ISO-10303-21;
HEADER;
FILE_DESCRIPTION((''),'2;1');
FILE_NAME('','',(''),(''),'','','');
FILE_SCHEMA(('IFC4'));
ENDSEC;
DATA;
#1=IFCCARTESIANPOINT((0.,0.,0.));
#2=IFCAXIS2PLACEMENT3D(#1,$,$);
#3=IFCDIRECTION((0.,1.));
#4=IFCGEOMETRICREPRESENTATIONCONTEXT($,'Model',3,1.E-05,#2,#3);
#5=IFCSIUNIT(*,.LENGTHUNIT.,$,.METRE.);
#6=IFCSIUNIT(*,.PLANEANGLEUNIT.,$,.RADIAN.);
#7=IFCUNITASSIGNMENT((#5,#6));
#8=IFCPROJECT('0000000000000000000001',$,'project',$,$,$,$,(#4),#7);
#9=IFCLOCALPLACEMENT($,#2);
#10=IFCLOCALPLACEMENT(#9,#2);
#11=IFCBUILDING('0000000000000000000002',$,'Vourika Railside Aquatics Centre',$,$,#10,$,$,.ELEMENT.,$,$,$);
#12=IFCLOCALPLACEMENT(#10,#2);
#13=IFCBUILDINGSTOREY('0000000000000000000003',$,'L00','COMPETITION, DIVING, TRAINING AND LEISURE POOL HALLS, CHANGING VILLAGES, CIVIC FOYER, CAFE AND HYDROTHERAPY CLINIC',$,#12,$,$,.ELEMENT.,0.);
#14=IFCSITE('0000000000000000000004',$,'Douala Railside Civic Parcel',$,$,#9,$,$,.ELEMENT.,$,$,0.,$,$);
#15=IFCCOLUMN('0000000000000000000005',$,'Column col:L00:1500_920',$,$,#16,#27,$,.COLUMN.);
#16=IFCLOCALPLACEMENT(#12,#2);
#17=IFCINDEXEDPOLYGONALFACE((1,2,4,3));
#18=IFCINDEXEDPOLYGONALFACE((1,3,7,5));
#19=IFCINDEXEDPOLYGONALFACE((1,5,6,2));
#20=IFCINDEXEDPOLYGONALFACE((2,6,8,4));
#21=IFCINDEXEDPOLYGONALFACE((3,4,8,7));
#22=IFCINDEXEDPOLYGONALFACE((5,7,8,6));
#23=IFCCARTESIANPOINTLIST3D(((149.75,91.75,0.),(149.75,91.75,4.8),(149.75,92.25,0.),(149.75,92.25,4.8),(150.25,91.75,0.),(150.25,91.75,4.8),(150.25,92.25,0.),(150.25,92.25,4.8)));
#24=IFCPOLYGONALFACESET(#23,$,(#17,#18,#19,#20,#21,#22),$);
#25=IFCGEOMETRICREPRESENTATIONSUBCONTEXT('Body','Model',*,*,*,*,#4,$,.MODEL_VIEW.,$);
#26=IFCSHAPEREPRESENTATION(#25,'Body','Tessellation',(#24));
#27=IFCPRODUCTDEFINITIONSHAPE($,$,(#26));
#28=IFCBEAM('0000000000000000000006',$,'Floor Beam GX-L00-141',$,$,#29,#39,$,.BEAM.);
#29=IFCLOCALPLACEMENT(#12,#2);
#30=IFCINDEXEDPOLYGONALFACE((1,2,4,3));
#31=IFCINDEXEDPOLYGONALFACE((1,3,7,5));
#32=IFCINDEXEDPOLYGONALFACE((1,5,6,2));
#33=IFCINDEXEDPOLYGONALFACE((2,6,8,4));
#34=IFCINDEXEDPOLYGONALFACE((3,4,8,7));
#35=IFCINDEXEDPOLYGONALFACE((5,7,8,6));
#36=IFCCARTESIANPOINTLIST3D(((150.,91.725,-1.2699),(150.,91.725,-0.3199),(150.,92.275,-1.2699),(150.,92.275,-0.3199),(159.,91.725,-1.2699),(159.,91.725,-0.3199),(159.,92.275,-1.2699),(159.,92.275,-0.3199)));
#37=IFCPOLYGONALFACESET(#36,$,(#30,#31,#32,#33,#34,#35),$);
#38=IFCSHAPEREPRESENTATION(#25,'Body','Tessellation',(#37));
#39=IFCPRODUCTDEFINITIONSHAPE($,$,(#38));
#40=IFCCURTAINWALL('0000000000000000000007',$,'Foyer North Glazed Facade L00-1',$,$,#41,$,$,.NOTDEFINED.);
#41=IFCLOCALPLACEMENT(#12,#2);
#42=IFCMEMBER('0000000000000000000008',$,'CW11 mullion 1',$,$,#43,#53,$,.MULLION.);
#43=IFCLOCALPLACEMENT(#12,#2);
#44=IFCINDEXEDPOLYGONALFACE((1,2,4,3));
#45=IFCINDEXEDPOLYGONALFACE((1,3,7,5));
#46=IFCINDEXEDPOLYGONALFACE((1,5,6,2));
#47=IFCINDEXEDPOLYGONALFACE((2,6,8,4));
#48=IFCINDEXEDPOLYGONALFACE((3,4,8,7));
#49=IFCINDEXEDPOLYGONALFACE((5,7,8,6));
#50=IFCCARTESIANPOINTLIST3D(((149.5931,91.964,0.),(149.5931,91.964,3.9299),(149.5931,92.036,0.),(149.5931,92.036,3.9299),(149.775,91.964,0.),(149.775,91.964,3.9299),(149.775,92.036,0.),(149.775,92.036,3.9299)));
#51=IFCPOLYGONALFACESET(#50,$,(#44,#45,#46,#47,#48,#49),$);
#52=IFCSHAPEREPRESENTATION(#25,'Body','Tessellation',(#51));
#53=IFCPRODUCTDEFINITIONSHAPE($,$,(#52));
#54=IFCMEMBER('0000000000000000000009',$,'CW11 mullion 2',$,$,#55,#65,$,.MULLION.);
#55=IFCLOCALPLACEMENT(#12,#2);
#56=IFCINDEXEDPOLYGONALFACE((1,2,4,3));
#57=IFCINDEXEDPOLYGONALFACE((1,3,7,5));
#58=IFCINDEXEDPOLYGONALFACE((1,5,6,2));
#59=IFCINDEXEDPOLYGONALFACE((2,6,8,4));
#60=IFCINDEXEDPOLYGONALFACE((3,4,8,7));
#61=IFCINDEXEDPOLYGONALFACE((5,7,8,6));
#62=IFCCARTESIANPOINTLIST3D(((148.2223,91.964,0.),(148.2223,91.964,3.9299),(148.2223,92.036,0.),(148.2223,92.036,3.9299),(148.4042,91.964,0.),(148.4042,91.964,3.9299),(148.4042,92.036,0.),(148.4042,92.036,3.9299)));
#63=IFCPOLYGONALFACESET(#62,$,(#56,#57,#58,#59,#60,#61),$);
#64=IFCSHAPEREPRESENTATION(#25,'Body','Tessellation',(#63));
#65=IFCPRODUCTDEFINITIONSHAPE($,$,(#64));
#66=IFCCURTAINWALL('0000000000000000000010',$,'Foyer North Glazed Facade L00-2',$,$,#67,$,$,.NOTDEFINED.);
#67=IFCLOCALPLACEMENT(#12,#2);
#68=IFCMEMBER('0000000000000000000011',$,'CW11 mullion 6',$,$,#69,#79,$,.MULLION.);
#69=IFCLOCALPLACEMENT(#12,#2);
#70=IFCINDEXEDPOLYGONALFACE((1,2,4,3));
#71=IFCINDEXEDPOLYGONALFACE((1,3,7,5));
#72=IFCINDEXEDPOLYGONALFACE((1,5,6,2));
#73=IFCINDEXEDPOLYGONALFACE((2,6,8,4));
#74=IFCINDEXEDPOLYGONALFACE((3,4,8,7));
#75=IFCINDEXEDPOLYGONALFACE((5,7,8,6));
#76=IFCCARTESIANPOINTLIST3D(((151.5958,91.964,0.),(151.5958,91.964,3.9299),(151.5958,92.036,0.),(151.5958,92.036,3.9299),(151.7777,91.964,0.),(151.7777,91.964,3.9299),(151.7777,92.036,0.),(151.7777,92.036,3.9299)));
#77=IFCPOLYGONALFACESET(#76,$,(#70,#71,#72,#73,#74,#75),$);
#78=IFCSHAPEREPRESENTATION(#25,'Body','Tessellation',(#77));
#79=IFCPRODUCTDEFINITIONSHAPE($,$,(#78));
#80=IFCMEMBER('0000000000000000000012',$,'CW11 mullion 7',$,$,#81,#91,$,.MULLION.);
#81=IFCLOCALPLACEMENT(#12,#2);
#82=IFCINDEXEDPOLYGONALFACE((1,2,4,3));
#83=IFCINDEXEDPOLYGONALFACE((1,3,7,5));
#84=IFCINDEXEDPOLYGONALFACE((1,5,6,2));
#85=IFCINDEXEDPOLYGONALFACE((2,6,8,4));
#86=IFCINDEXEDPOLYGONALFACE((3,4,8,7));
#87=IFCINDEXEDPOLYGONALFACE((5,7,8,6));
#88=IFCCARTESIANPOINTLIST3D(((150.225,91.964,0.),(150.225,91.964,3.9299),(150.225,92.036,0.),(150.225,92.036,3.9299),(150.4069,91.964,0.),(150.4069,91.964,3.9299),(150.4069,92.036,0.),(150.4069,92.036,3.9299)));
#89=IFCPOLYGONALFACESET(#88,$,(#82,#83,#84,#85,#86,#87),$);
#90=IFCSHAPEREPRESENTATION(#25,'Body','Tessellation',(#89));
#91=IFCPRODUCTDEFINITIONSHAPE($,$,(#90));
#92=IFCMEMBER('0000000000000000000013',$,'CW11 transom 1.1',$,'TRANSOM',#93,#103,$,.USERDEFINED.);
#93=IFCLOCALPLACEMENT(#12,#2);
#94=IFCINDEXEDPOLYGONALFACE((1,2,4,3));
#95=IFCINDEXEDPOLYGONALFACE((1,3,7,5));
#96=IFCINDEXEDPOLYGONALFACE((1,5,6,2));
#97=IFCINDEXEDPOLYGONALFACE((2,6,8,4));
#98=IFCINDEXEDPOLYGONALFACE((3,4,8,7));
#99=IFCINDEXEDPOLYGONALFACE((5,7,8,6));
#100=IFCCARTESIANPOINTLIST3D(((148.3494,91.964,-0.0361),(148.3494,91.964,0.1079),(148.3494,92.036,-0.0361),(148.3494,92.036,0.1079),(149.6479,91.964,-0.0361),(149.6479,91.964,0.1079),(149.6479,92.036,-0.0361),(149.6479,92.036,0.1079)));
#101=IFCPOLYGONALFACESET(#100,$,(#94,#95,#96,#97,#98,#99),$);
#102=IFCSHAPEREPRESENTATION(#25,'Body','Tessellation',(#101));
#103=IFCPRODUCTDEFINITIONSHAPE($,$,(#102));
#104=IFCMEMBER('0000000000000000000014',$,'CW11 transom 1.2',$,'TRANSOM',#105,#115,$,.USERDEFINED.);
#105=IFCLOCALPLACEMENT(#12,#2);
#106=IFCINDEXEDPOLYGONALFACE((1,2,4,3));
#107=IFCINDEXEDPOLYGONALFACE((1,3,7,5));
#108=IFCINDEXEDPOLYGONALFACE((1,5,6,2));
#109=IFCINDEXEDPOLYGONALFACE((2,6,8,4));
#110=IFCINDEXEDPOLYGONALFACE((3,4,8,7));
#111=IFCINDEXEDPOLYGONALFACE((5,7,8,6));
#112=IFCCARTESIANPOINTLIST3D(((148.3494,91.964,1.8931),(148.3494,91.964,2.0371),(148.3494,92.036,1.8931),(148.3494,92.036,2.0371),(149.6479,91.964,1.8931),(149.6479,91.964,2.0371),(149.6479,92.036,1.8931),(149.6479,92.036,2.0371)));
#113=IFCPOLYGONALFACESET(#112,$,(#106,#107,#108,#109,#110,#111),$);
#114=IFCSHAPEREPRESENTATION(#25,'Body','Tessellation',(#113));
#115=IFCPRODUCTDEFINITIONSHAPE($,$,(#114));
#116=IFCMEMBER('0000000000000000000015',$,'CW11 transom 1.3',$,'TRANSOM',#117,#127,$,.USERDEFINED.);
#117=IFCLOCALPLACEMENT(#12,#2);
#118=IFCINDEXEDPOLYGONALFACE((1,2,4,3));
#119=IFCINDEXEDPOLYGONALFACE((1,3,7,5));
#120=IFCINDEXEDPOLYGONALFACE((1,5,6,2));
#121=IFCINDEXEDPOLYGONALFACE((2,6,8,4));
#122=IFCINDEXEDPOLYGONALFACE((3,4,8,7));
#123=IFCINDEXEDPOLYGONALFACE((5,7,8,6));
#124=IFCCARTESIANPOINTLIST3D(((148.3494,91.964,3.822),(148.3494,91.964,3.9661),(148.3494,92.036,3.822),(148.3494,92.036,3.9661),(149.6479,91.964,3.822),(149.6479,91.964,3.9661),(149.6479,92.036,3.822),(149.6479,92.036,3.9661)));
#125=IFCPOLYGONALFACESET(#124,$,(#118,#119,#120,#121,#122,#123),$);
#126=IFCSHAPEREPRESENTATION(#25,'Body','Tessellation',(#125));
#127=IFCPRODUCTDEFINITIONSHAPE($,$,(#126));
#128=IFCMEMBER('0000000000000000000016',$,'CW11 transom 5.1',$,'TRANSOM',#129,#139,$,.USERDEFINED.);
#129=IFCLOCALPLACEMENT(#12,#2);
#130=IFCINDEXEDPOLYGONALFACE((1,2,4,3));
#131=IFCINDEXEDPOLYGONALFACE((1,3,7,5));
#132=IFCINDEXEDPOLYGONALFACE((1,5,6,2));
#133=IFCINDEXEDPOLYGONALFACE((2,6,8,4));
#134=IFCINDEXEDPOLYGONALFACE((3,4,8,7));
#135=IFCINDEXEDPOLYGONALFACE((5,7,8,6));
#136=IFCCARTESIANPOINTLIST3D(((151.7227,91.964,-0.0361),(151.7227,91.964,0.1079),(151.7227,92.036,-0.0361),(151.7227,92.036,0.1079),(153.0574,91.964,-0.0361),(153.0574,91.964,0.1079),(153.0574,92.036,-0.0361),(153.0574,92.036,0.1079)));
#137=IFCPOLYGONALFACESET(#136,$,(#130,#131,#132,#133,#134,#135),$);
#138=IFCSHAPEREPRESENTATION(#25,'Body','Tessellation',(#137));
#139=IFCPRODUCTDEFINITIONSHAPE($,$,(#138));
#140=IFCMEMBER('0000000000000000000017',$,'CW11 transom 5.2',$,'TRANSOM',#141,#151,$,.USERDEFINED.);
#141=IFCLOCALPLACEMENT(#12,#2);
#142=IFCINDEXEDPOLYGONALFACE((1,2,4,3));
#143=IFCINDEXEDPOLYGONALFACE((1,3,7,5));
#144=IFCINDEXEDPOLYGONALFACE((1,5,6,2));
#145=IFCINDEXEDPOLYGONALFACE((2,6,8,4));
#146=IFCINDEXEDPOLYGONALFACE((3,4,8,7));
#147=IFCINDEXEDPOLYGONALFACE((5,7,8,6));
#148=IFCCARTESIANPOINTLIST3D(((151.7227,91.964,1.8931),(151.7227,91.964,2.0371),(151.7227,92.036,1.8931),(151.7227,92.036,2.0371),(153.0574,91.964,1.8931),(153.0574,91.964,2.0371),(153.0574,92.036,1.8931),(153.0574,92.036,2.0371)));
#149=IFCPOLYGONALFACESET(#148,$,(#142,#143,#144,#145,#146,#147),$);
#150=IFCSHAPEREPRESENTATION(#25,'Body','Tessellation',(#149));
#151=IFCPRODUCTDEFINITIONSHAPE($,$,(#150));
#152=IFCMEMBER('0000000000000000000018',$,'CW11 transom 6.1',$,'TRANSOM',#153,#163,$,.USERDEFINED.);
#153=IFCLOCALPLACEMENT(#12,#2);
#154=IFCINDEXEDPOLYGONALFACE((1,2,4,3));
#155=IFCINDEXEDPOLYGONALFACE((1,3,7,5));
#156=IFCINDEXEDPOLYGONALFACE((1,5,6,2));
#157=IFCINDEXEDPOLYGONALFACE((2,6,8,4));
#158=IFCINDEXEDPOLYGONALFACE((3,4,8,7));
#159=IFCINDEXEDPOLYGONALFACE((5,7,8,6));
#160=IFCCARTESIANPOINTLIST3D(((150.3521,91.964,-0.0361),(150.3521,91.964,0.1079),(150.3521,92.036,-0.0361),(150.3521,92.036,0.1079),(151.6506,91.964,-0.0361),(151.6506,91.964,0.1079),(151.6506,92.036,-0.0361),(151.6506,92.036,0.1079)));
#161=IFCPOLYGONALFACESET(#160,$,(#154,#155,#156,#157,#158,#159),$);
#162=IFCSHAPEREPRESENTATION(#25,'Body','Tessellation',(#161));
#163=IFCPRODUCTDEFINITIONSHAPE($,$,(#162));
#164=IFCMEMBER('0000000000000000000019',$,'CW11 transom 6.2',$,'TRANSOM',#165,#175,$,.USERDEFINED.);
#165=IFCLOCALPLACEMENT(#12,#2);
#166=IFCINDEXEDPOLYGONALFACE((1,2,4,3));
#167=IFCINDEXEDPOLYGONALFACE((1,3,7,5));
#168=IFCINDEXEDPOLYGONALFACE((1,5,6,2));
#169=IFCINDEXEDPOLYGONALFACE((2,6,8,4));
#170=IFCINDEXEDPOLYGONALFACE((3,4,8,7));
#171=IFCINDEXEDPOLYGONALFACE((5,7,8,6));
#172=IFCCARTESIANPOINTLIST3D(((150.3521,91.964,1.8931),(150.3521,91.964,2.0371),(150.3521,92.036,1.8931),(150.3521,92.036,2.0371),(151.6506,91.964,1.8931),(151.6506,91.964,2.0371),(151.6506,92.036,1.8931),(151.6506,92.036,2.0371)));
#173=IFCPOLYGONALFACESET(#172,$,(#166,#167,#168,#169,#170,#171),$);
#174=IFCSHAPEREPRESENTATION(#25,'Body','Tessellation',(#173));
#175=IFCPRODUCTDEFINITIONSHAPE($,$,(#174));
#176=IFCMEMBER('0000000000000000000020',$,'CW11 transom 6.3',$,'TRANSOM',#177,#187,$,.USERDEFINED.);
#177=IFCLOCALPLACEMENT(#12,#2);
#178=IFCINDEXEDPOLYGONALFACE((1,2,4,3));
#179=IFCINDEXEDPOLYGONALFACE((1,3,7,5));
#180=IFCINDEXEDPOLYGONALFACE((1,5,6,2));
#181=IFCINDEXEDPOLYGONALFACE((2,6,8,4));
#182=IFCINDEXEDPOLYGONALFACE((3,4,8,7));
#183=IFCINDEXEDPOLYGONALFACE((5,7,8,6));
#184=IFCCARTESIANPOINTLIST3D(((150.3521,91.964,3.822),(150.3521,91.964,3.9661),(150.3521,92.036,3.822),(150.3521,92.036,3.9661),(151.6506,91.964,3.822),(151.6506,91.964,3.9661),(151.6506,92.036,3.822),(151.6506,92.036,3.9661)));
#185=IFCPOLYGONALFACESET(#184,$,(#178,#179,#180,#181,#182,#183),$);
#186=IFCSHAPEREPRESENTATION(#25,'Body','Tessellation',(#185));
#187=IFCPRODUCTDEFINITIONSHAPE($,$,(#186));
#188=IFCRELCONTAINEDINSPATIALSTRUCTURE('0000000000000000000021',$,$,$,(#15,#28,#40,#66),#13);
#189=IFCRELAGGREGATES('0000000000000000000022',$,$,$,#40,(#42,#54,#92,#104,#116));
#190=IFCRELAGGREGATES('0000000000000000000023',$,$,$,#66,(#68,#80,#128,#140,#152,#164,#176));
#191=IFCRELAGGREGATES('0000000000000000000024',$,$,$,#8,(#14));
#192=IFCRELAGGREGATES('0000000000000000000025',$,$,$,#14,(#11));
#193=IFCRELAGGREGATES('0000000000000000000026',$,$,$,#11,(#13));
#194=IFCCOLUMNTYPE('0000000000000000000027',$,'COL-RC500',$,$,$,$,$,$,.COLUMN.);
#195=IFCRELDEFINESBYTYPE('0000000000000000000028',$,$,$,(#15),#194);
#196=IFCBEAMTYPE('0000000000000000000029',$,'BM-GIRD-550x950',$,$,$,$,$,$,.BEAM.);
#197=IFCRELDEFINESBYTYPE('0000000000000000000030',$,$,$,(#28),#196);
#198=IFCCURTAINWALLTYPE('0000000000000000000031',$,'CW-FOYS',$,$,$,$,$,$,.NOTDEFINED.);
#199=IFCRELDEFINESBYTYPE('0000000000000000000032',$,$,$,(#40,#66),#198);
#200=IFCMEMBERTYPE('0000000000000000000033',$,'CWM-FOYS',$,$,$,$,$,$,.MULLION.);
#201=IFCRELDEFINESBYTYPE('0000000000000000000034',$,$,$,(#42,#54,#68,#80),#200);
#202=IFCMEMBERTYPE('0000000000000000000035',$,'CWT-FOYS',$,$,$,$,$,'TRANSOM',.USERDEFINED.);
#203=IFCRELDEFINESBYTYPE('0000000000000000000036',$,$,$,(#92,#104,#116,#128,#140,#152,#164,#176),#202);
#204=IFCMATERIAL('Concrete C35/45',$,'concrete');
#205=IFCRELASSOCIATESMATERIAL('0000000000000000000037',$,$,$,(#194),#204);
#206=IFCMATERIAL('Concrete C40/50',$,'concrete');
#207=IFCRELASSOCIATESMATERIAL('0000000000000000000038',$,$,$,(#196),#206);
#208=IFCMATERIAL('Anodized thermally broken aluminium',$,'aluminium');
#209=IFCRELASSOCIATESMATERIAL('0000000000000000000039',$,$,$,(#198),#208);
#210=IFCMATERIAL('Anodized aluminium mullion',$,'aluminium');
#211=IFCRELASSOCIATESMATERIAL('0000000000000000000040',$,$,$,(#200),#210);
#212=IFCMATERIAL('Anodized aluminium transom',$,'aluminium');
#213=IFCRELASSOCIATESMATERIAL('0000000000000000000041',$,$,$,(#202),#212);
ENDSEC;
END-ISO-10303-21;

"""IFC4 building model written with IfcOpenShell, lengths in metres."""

from ifc_helpers import new_model, si_unit, direction, frame, origin, origin_2d, place, context, subcontext, project, spatial, rectangle, extrude, material, material_profile, profile_set, type_object, element, aggregate, save


model = new_model("IFC4")

# Units and contexts
model_context = context("Model", 3, precision=1e-05, world=origin(), true_north=direction((0.0, 1.0)))
body_context = subcontext(model_context, "Body", "Model", "MODEL_VIEW")
ifc_project = project(units=[si_unit("LENGTHUNIT", "METRE"), si_unit("PLANEANGLEUNIT", "RADIAN")], contexts=[model_context])

# Site, building, storey
site_placement = place(None, origin())
site = spatial("IfcSite", under=ifc_project, at=site_placement, Name="Douala Railside Civic Parcel", CompositionType="ELEMENT", RefElevation=0.0)
building_placement = place(site_placement, origin())
building = spatial("IfcBuilding", under=site, at=building_placement, Name="Vourika Railside Aquatics Centre", CompositionType="ELEMENT")
storey_placement = place(building_placement, origin())
storey = spatial("IfcBuildingStorey", under=building, at=storey_placement, Name="L00", Description="COMPETITION, DIVING, TRAINING AND LEISURE POOL HALLS, CHANGING VILLAGES, CIVIC FOYER, CAFE AND HYDROTHERAPY CLINIC", CompositionType="ELEMENT", Elevation=0.0)

# Column
ifc_material_1 = material(Name="Concrete C35/45", Category="concrete")
ifc_material_profile_1 = material_profile(ifc_material_1, rectangle(XDim=0.5, YDim=0.5, at=origin_2d()), Name="RC 500x500")
ifc_profile_set_1 = profile_set([ifc_material_profile_1], Name="Concrete C35/45")
column_type = type_object("IfcColumnType", Name="COL-RC500", PredefinedType="COLUMN", material=ifc_profile_set_1)
column_placement = place(storey_placement, frame((150.0, 92.0, 0.0), z_axis=(0.0, 0.0, 1.0), x_axis=(1.0, 0.0, 0.0)))
element("IfcColumn", 1, at=column_placement, inside=storey, type_object=column_type, Name="Column col:L00:1500_920", PredefinedType="COLUMN", context=body_context, shape_type="SweptSolid", body=[
    extrude(rectangle(XDim=0.5, YDim=0.5, at=origin_2d()), origin(), (0.0, 0.0, 1.0), 4.8),
])

# Beam
ifc_material_2 = material(Name="Concrete C40/50", Category="concrete")
ifc_material_profile_2 = material_profile(ifc_material_2, rectangle(XDim=0.55, YDim=0.95, at=origin_2d()), Name="RC 550x950")
ifc_profile_set_2 = profile_set([ifc_material_profile_2], Name="Concrete C40/50")
beam_type = type_object("IfcBeamType", Name="BM-GIRD-550x950", PredefinedType="BEAM", material=ifc_profile_set_2)
beam_placement = place(storey_placement, frame((150.0, 92.0, -0.7949), z_axis=(1.0, 0.0, 0.0), x_axis=(0.0, 1.0, 0.0)))
element("IfcBeam", 2, at=beam_placement, inside=storey, type_object=beam_type, Name="Floor Beam GX-L00-141", PredefinedType="BEAM", context=body_context, shape_type="SweptSolid", body=[
    extrude(rectangle(XDim=0.55, YDim=0.95, at=origin_2d()), origin(), (0.0, 0.0, 1.0), 9.0),
])

# Curtain walls, members
ifc_material_3 = material(Name="Anodized thermally broken aluminium", Category="aluminium")
curtain_wall_type = type_object("IfcCurtainWallType", Name="CW-FOYS", PredefinedType="NOTDEFINED", material=ifc_material_3)
curtain_wall_1_placement = place(storey_placement, origin())
curtain_wall_1 = element("IfcCurtainWall", 3, at=curtain_wall_1_placement, inside=storey, type_object=curtain_wall_type, Name="Foyer North Glazed Facade L00-1", PredefinedType="NOTDEFINED")
ifc_material_4 = material(Name="Anodized aluminium mullion", Category="aluminium")
ifc_material_profile_3 = material_profile(ifc_material_4, rectangle(XDim=0.072, YDim=0.1819, at=origin_2d()), Name="ALU-M 72x182")
ifc_profile_set_3 = profile_set([ifc_material_profile_3], Name="Anodized aluminium mullion")
member_type_1 = type_object("IfcMemberType", Name="CWM-FOYS", PredefinedType="MULLION", material=ifc_profile_set_3)
member_1_placement = place(storey_placement, frame((149.6841, 92.0, 0.0), z_axis=(0.0, 0.0, 1.0), x_axis=(0.0, -1.0, 0.0)))
member_1 = element("IfcMember", 4, at=member_1_placement, type_object=member_type_1, Name="CW11 mullion 1", PredefinedType="MULLION", context=body_context, shape_type="SweptSolid", body=[
    extrude(rectangle(XDim=0.072, YDim=0.1819, at=origin_2d()), origin(), (0.0, 0.0, 1.0), 3.9299),
])
member_2_placement = place(storey_placement, frame((148.3132, 92.0, 0.0), z_axis=(0.0, 0.0, 1.0), x_axis=(0.0, -1.0, 0.0)))
member_2 = element("IfcMember", 5, at=member_2_placement, type_object=member_type_1, Name="CW11 mullion 2", PredefinedType="MULLION", context=body_context, shape_type="SweptSolid", body=[
    extrude(rectangle(XDim=0.072, YDim=0.1819, at=origin_2d()), origin(), (0.0, 0.0, 1.0), 3.9299),
])
curtain_wall_2_placement = place(storey_placement, origin())
curtain_wall_2 = element("IfcCurtainWall", 6, at=curtain_wall_2_placement, inside=storey, type_object=curtain_wall_type, Name="Foyer North Glazed Facade L00-2", PredefinedType="NOTDEFINED")
member_3_placement = place(storey_placement, frame((151.6868, 92.0, 0.0), z_axis=(0.0, 0.0, 1.0), x_axis=(0.0, -1.0, 0.0)))
member_3 = element("IfcMember", 7, at=member_3_placement, type_object=member_type_1, Name="CW11 mullion 6", PredefinedType="MULLION", context=body_context, shape_type="SweptSolid", body=[
    extrude(rectangle(XDim=0.072, YDim=0.1819, at=origin_2d()), origin(), (0.0, 0.0, 1.0), 3.9299),
])
member_4_placement = place(storey_placement, frame((150.3159, 92.0, 0.0), z_axis=(0.0, 0.0, 1.0), x_axis=(0.0, -1.0, 0.0)))
member_4 = element("IfcMember", 8, at=member_4_placement, type_object=member_type_1, Name="CW11 mullion 7", PredefinedType="MULLION", context=body_context, shape_type="SweptSolid", body=[
    extrude(rectangle(XDim=0.072, YDim=0.1819, at=origin_2d()), origin(), (0.0, 0.0, 1.0), 3.9299),
])

# Members
ifc_material_5 = material(Name="Anodized aluminium transom", Category="aluminium")
ifc_material_profile_4 = material_profile(ifc_material_5, rectangle(XDim=0.072, YDim=0.144, at=origin_2d()), Name="ALU-T 72x144")
ifc_profile_set_4 = profile_set([ifc_material_profile_4], Name="Anodized aluminium transom")
member_type_2 = type_object("IfcMemberType", Name="CWT-FOYS", ElementType="TRANSOM", PredefinedType="USERDEFINED", material=ifc_profile_set_4)
member_5_placement = place(storey_placement, frame((149.6479, 92.0, 0.0359), z_axis=(-1.0, 0.0, 0.0), x_axis=(0.0, -1.0, 0.0)))
member_5 = element("IfcMember", 9, at=member_5_placement, type_object=member_type_2, Name="CW11 transom 1.1", ObjectType="TRANSOM", PredefinedType="USERDEFINED", context=body_context, shape_type="SweptSolid", body=[
    extrude(rectangle(XDim=0.072, YDim=0.144, at=origin_2d()), origin(), (0.0, 0.0, 1.0), 1.2986),
])
member_6_placement = place(storey_placement, frame((149.6479, 92.0, 1.9651), z_axis=(-1.0, 0.0, 0.0), x_axis=(0.0, -1.0, 0.0)))
member_6 = element("IfcMember", 10, at=member_6_placement, type_object=member_type_2, Name="CW11 transom 1.2", ObjectType="TRANSOM", PredefinedType="USERDEFINED", context=body_context, shape_type="SweptSolid", body=[
    extrude(rectangle(XDim=0.072, YDim=0.144, at=origin_2d()), origin(), (0.0, 0.0, 1.0), 1.2986),
])
member_7_placement = place(storey_placement, frame((149.6479, 92.0, 3.894), z_axis=(-1.0, 0.0, 0.0), x_axis=(0.0, -1.0, 0.0)))
member_7 = element("IfcMember", 11, at=member_7_placement, type_object=member_type_2, Name="CW11 transom 1.3", ObjectType="TRANSOM", PredefinedType="USERDEFINED", context=body_context, shape_type="SweptSolid", body=[
    extrude(rectangle(XDim=0.072, YDim=0.144, at=origin_2d()), origin(), (0.0, 0.0, 1.0), 1.2986),
])
member_8_placement = place(storey_placement, frame((153.0574, 92.0, 0.0359), z_axis=(-1.0, 0.0, 0.0), x_axis=(0.0, -1.0, 0.0)))
member_8 = element("IfcMember", 12, at=member_8_placement, type_object=member_type_2, Name="CW11 transom 5.1", ObjectType="TRANSOM", PredefinedType="USERDEFINED", context=body_context, shape_type="SweptSolid", body=[
    extrude(rectangle(XDim=0.072, YDim=0.144, at=origin_2d()), origin(), (0.0, 0.0, 1.0), 1.3347),
])
member_9_placement = place(storey_placement, frame((153.0574, 92.0, 1.9651), z_axis=(-1.0, 0.0, 0.0), x_axis=(0.0, -1.0, 0.0)))
member_9 = element("IfcMember", 13, at=member_9_placement, type_object=member_type_2, Name="CW11 transom 5.2", ObjectType="TRANSOM", PredefinedType="USERDEFINED", context=body_context, shape_type="SweptSolid", body=[
    extrude(rectangle(XDim=0.072, YDim=0.144, at=origin_2d()), origin(), (0.0, 0.0, 1.0), 1.3347),
])
member_10_placement = place(storey_placement, frame((151.6506, 92.0, 0.0359), z_axis=(-1.0, 0.0, 0.0), x_axis=(0.0, -1.0, 0.0)))
member_10 = element("IfcMember", 14, at=member_10_placement, type_object=member_type_2, Name="CW11 transom 6.1", ObjectType="TRANSOM", PredefinedType="USERDEFINED", context=body_context, shape_type="SweptSolid", body=[
    extrude(rectangle(XDim=0.072, YDim=0.144, at=origin_2d()), origin(), (0.0, 0.0, 1.0), 1.2986),
])
member_11_placement = place(storey_placement, frame((151.6506, 92.0, 1.9651), z_axis=(-1.0, 0.0, 0.0), x_axis=(0.0, -1.0, 0.0)))
member_11 = element("IfcMember", 15, at=member_11_placement, type_object=member_type_2, Name="CW11 transom 6.2", ObjectType="TRANSOM", PredefinedType="USERDEFINED", context=body_context, shape_type="SweptSolid", body=[
    extrude(rectangle(XDim=0.072, YDim=0.144, at=origin_2d()), origin(), (0.0, 0.0, 1.0), 1.2986),
])
member_12_placement = place(storey_placement, frame((151.6506, 92.0, 3.894), z_axis=(-1.0, 0.0, 0.0), x_axis=(0.0, -1.0, 0.0)))
member_12 = element("IfcMember", 16, at=member_12_placement, type_object=member_type_2, Name="CW11 transom 6.3", ObjectType="TRANSOM", PredefinedType="USERDEFINED", context=body_context, shape_type="SweptSolid", body=[
    extrude(rectangle(XDim=0.072, YDim=0.144, at=origin_2d()), origin(), (0.0, 0.0, 1.0), 1.2986),
])

aggregate(curtain_wall_1, [member_1, member_2, member_5, member_6, member_7])
aggregate(curtain_wall_2, [member_3, member_4, member_8, member_9, member_10, member_11, member_12])

save(model, "model.ifc")
